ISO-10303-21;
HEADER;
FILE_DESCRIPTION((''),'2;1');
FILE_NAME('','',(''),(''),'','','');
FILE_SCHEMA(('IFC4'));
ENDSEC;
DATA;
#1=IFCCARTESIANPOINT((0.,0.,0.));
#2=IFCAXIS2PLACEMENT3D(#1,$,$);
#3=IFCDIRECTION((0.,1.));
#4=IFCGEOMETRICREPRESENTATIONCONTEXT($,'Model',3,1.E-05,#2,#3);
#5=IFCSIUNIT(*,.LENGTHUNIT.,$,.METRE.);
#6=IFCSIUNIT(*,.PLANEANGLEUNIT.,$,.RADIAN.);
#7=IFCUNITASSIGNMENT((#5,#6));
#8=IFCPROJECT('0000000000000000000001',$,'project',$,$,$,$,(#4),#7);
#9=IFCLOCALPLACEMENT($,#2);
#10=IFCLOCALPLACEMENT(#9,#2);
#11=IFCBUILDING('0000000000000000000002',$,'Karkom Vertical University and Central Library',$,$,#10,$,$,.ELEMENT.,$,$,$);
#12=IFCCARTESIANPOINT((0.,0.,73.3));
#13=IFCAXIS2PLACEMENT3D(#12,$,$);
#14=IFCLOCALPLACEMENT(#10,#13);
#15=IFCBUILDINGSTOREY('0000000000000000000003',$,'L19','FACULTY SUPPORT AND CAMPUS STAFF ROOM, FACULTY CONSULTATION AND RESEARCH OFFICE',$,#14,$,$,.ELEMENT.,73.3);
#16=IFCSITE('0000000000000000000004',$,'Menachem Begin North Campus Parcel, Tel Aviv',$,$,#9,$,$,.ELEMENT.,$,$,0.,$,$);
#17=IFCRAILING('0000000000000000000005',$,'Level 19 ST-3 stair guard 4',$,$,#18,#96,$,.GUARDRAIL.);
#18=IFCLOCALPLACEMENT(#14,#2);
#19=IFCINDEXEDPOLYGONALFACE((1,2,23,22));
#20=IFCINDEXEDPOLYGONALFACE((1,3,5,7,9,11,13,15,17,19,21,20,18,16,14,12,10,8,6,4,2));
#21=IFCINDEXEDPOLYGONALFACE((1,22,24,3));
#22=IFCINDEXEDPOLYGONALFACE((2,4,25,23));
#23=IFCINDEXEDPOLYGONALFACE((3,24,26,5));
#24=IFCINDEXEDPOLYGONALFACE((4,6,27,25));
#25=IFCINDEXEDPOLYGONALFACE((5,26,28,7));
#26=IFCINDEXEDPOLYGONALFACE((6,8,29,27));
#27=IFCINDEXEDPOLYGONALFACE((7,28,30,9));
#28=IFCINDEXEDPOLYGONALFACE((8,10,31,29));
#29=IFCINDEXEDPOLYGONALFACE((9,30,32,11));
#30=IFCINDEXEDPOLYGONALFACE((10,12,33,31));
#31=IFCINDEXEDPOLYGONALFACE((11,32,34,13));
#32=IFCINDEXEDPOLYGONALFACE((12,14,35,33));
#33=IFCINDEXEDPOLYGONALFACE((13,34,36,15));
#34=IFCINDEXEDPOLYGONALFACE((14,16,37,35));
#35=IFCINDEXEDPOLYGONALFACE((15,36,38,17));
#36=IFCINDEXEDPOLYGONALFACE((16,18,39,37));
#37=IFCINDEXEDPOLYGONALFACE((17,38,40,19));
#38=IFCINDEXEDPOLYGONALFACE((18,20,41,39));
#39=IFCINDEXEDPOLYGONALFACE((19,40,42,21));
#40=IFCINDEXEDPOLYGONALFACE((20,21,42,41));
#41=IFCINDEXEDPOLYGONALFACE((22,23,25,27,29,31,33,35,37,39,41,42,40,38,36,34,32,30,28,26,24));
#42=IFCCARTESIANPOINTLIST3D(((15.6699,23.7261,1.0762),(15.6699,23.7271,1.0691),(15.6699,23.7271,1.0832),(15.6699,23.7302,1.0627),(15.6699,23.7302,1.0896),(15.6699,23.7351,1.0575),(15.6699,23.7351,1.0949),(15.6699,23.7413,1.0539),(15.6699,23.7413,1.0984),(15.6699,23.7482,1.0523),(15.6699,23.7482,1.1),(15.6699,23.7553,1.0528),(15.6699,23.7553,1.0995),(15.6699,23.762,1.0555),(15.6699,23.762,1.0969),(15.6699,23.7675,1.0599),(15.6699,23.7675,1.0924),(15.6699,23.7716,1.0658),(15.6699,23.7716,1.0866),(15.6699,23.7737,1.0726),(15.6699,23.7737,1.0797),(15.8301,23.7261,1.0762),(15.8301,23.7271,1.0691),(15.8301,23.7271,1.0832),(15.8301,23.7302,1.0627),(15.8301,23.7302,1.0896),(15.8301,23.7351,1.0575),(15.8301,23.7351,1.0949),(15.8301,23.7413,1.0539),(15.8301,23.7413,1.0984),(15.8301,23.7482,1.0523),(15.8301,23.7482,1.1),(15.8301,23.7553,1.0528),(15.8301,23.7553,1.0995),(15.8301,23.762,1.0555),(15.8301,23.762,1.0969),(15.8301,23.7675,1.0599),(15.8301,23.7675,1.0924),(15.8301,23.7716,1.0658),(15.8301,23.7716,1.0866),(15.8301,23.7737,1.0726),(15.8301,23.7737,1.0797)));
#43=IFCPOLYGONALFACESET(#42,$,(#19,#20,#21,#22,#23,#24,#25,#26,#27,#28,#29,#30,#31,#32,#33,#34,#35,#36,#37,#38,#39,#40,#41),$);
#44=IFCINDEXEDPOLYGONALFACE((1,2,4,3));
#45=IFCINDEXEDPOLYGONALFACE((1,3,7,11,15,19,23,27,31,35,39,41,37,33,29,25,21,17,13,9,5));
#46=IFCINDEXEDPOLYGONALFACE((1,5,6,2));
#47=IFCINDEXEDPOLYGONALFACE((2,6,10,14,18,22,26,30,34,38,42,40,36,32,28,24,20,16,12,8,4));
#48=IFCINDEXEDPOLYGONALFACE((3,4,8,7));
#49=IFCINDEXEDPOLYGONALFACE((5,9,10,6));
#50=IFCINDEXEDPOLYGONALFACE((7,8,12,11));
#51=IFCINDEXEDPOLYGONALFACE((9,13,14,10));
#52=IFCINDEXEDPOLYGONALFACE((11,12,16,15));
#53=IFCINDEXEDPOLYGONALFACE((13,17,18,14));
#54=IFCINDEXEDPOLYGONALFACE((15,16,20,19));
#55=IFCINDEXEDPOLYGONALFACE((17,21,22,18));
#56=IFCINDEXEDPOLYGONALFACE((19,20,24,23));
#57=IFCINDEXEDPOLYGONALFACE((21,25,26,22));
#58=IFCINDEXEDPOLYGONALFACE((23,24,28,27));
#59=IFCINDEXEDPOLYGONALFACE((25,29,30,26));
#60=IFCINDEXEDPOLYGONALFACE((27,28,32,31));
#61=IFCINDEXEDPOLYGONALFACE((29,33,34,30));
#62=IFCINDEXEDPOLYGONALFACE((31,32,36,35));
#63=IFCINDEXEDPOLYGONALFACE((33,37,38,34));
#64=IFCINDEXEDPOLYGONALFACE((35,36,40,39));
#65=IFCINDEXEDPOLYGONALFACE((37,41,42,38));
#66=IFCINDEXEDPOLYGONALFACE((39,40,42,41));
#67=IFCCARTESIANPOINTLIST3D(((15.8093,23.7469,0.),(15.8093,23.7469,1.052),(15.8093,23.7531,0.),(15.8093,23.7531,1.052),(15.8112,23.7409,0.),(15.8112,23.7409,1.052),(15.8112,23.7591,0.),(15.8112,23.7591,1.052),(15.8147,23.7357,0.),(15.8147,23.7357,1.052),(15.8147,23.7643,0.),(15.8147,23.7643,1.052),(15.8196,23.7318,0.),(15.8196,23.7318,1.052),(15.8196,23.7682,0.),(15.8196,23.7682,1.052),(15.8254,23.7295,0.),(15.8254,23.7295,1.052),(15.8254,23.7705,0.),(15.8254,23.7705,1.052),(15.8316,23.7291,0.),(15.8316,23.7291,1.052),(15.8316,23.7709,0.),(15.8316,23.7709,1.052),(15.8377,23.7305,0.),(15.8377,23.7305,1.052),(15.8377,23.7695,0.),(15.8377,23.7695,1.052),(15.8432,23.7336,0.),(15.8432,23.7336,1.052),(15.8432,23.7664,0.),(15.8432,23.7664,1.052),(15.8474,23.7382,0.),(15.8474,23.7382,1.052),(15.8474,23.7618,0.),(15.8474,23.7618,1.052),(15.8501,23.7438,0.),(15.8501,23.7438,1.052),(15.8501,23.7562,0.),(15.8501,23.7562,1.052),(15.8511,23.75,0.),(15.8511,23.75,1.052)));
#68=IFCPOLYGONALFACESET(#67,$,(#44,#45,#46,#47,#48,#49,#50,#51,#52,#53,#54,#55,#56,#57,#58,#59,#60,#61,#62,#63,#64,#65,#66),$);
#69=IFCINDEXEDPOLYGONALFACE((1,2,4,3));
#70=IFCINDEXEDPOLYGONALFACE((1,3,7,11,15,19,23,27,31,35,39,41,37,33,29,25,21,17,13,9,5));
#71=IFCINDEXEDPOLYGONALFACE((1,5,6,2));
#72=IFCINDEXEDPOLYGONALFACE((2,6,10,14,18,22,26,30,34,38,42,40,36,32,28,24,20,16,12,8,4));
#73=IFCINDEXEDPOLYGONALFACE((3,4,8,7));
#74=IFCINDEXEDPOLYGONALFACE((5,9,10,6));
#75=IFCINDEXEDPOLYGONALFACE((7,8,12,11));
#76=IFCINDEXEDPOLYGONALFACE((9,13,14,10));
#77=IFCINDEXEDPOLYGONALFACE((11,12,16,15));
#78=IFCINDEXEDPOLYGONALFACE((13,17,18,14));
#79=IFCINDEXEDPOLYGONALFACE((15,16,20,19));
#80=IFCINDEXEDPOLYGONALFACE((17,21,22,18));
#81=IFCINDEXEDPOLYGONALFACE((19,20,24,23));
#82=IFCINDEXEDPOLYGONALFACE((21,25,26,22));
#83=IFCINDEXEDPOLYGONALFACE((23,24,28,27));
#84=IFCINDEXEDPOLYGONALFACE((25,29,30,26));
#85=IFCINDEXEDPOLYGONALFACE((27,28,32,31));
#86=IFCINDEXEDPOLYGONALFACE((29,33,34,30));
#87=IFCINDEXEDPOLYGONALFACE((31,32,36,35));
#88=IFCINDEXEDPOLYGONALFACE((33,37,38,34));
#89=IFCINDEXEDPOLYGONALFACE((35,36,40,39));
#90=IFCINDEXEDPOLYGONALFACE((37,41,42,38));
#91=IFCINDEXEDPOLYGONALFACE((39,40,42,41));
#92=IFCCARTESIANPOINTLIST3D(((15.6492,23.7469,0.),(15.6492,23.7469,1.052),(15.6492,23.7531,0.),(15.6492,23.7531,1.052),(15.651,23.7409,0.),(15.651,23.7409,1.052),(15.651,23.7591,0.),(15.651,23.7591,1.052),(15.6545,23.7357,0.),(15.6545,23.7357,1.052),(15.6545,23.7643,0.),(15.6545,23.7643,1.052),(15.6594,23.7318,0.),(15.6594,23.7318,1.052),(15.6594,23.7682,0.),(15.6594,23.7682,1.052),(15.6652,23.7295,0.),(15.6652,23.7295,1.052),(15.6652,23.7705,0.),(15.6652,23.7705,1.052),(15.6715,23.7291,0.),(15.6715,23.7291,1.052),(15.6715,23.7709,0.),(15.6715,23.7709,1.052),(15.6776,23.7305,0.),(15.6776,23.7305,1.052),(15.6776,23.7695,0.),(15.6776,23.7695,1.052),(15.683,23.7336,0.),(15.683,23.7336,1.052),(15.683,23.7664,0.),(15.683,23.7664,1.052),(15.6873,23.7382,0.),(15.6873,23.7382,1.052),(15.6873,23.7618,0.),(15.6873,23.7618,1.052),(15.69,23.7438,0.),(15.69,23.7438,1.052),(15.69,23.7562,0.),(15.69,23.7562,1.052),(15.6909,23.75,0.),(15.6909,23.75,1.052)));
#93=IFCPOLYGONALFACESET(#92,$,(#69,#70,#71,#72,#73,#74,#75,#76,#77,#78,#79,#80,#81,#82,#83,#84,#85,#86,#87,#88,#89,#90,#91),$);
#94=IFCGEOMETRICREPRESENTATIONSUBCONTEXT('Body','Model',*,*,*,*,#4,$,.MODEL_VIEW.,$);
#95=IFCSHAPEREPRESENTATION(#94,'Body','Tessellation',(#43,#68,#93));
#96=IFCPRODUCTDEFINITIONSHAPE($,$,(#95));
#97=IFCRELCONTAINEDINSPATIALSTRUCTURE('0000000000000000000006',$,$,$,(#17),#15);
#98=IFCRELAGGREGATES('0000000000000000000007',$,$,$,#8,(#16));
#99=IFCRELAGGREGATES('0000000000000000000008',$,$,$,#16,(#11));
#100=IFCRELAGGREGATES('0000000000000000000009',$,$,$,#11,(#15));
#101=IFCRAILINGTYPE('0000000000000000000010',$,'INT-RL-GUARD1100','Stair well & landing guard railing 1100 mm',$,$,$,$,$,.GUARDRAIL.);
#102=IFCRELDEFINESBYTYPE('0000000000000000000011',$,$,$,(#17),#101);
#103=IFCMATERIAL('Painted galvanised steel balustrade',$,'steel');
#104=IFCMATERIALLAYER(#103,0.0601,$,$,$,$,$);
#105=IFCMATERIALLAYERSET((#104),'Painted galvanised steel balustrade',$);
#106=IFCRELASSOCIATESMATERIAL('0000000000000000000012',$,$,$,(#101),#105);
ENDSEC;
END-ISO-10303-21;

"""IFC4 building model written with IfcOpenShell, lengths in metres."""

from ifc_helpers import new_model, si_unit, direction, frame, origin, origin_2d, place, context, subcontext, project, spatial, circle, extrude, material, layer, layer_set, type_object, element, save


model = new_model("IFC4")

# Units and contexts
model_context = context("Model", 3, precision=1e-05, world=origin(), true_north=direction((0.0, 1.0)))
body_context = subcontext(model_context, "Body", "Model", "MODEL_VIEW")
ifc_project = project(units=[si_unit("LENGTHUNIT", "METRE"), si_unit("PLANEANGLEUNIT", "RADIAN")], contexts=[model_context])

# Site, building, storey
site_placement = place(None, origin())
site = spatial("IfcSite", under=ifc_project, at=site_placement, Name="Menachem Begin North Campus Parcel, Tel Aviv", CompositionType="ELEMENT", RefElevation=0.0)
building_placement = place(site_placement, origin())
building = spatial("IfcBuilding", under=site, at=building_placement, Name="Karkom Vertical University and Central Library", CompositionType="ELEMENT")
storey_placement = place(building_placement, frame((0.0, 0.0, 73.3)))
storey = spatial("IfcBuildingStorey", under=building, at=storey_placement, Name="L19", Description="FACULTY SUPPORT AND CAMPUS STAFF ROOM, FACULTY CONSULTATION AND RESEARCH OFFICE", CompositionType="ELEMENT", Elevation=73.3)

# Railing
ifc_material_1 = material(Name="Painted galvanised steel balustrade", Category="steel")
ifc_layer_1 = layer(ifc_material_1, 0.0601)
ifc_layer_set_1 = layer_set([ifc_layer_1], Name="Painted galvanised steel balustrade")
railing_type_1 = type_object("IfcRailingType", Name="INT-RL-GUARD1100", Description="Stair well & landing guard railing 1100 mm", PredefinedType="GUARDRAIL", material=ifc_layer_set_1)
railing_1_placement = place(storey_placement, frame((15.8301, 23.75, 0.0)))
element("IfcRailing", 1, at=railing_1_placement, inside=storey, type_object=railing_type_1, Name="Level 19 ST-3 stair guard 4", PredefinedType="GUARDRAIL", context=body_context, shape_type="SweptSolid", body=[
    extrude(circle(Radius=0.0239, at=origin_2d()), frame((0.0, 0.0, 1.0762), z_axis=(-1.0, 0.0, 0.0), x_axis=(0.0, -1.0, 0.0)), (0.0, 0.0, 1.0), 0.1602),
    extrude(circle(Radius=0.021, at=origin_2d()), origin(), (0.0, 0.0, 1.0), 1.052),
    extrude(circle(Radius=0.021, at=origin_2d()), frame((-0.1602, 0.0, 0.0)), (0.0, 0.0, 1.0), 1.052),
])

save(model, "model.ifc")
